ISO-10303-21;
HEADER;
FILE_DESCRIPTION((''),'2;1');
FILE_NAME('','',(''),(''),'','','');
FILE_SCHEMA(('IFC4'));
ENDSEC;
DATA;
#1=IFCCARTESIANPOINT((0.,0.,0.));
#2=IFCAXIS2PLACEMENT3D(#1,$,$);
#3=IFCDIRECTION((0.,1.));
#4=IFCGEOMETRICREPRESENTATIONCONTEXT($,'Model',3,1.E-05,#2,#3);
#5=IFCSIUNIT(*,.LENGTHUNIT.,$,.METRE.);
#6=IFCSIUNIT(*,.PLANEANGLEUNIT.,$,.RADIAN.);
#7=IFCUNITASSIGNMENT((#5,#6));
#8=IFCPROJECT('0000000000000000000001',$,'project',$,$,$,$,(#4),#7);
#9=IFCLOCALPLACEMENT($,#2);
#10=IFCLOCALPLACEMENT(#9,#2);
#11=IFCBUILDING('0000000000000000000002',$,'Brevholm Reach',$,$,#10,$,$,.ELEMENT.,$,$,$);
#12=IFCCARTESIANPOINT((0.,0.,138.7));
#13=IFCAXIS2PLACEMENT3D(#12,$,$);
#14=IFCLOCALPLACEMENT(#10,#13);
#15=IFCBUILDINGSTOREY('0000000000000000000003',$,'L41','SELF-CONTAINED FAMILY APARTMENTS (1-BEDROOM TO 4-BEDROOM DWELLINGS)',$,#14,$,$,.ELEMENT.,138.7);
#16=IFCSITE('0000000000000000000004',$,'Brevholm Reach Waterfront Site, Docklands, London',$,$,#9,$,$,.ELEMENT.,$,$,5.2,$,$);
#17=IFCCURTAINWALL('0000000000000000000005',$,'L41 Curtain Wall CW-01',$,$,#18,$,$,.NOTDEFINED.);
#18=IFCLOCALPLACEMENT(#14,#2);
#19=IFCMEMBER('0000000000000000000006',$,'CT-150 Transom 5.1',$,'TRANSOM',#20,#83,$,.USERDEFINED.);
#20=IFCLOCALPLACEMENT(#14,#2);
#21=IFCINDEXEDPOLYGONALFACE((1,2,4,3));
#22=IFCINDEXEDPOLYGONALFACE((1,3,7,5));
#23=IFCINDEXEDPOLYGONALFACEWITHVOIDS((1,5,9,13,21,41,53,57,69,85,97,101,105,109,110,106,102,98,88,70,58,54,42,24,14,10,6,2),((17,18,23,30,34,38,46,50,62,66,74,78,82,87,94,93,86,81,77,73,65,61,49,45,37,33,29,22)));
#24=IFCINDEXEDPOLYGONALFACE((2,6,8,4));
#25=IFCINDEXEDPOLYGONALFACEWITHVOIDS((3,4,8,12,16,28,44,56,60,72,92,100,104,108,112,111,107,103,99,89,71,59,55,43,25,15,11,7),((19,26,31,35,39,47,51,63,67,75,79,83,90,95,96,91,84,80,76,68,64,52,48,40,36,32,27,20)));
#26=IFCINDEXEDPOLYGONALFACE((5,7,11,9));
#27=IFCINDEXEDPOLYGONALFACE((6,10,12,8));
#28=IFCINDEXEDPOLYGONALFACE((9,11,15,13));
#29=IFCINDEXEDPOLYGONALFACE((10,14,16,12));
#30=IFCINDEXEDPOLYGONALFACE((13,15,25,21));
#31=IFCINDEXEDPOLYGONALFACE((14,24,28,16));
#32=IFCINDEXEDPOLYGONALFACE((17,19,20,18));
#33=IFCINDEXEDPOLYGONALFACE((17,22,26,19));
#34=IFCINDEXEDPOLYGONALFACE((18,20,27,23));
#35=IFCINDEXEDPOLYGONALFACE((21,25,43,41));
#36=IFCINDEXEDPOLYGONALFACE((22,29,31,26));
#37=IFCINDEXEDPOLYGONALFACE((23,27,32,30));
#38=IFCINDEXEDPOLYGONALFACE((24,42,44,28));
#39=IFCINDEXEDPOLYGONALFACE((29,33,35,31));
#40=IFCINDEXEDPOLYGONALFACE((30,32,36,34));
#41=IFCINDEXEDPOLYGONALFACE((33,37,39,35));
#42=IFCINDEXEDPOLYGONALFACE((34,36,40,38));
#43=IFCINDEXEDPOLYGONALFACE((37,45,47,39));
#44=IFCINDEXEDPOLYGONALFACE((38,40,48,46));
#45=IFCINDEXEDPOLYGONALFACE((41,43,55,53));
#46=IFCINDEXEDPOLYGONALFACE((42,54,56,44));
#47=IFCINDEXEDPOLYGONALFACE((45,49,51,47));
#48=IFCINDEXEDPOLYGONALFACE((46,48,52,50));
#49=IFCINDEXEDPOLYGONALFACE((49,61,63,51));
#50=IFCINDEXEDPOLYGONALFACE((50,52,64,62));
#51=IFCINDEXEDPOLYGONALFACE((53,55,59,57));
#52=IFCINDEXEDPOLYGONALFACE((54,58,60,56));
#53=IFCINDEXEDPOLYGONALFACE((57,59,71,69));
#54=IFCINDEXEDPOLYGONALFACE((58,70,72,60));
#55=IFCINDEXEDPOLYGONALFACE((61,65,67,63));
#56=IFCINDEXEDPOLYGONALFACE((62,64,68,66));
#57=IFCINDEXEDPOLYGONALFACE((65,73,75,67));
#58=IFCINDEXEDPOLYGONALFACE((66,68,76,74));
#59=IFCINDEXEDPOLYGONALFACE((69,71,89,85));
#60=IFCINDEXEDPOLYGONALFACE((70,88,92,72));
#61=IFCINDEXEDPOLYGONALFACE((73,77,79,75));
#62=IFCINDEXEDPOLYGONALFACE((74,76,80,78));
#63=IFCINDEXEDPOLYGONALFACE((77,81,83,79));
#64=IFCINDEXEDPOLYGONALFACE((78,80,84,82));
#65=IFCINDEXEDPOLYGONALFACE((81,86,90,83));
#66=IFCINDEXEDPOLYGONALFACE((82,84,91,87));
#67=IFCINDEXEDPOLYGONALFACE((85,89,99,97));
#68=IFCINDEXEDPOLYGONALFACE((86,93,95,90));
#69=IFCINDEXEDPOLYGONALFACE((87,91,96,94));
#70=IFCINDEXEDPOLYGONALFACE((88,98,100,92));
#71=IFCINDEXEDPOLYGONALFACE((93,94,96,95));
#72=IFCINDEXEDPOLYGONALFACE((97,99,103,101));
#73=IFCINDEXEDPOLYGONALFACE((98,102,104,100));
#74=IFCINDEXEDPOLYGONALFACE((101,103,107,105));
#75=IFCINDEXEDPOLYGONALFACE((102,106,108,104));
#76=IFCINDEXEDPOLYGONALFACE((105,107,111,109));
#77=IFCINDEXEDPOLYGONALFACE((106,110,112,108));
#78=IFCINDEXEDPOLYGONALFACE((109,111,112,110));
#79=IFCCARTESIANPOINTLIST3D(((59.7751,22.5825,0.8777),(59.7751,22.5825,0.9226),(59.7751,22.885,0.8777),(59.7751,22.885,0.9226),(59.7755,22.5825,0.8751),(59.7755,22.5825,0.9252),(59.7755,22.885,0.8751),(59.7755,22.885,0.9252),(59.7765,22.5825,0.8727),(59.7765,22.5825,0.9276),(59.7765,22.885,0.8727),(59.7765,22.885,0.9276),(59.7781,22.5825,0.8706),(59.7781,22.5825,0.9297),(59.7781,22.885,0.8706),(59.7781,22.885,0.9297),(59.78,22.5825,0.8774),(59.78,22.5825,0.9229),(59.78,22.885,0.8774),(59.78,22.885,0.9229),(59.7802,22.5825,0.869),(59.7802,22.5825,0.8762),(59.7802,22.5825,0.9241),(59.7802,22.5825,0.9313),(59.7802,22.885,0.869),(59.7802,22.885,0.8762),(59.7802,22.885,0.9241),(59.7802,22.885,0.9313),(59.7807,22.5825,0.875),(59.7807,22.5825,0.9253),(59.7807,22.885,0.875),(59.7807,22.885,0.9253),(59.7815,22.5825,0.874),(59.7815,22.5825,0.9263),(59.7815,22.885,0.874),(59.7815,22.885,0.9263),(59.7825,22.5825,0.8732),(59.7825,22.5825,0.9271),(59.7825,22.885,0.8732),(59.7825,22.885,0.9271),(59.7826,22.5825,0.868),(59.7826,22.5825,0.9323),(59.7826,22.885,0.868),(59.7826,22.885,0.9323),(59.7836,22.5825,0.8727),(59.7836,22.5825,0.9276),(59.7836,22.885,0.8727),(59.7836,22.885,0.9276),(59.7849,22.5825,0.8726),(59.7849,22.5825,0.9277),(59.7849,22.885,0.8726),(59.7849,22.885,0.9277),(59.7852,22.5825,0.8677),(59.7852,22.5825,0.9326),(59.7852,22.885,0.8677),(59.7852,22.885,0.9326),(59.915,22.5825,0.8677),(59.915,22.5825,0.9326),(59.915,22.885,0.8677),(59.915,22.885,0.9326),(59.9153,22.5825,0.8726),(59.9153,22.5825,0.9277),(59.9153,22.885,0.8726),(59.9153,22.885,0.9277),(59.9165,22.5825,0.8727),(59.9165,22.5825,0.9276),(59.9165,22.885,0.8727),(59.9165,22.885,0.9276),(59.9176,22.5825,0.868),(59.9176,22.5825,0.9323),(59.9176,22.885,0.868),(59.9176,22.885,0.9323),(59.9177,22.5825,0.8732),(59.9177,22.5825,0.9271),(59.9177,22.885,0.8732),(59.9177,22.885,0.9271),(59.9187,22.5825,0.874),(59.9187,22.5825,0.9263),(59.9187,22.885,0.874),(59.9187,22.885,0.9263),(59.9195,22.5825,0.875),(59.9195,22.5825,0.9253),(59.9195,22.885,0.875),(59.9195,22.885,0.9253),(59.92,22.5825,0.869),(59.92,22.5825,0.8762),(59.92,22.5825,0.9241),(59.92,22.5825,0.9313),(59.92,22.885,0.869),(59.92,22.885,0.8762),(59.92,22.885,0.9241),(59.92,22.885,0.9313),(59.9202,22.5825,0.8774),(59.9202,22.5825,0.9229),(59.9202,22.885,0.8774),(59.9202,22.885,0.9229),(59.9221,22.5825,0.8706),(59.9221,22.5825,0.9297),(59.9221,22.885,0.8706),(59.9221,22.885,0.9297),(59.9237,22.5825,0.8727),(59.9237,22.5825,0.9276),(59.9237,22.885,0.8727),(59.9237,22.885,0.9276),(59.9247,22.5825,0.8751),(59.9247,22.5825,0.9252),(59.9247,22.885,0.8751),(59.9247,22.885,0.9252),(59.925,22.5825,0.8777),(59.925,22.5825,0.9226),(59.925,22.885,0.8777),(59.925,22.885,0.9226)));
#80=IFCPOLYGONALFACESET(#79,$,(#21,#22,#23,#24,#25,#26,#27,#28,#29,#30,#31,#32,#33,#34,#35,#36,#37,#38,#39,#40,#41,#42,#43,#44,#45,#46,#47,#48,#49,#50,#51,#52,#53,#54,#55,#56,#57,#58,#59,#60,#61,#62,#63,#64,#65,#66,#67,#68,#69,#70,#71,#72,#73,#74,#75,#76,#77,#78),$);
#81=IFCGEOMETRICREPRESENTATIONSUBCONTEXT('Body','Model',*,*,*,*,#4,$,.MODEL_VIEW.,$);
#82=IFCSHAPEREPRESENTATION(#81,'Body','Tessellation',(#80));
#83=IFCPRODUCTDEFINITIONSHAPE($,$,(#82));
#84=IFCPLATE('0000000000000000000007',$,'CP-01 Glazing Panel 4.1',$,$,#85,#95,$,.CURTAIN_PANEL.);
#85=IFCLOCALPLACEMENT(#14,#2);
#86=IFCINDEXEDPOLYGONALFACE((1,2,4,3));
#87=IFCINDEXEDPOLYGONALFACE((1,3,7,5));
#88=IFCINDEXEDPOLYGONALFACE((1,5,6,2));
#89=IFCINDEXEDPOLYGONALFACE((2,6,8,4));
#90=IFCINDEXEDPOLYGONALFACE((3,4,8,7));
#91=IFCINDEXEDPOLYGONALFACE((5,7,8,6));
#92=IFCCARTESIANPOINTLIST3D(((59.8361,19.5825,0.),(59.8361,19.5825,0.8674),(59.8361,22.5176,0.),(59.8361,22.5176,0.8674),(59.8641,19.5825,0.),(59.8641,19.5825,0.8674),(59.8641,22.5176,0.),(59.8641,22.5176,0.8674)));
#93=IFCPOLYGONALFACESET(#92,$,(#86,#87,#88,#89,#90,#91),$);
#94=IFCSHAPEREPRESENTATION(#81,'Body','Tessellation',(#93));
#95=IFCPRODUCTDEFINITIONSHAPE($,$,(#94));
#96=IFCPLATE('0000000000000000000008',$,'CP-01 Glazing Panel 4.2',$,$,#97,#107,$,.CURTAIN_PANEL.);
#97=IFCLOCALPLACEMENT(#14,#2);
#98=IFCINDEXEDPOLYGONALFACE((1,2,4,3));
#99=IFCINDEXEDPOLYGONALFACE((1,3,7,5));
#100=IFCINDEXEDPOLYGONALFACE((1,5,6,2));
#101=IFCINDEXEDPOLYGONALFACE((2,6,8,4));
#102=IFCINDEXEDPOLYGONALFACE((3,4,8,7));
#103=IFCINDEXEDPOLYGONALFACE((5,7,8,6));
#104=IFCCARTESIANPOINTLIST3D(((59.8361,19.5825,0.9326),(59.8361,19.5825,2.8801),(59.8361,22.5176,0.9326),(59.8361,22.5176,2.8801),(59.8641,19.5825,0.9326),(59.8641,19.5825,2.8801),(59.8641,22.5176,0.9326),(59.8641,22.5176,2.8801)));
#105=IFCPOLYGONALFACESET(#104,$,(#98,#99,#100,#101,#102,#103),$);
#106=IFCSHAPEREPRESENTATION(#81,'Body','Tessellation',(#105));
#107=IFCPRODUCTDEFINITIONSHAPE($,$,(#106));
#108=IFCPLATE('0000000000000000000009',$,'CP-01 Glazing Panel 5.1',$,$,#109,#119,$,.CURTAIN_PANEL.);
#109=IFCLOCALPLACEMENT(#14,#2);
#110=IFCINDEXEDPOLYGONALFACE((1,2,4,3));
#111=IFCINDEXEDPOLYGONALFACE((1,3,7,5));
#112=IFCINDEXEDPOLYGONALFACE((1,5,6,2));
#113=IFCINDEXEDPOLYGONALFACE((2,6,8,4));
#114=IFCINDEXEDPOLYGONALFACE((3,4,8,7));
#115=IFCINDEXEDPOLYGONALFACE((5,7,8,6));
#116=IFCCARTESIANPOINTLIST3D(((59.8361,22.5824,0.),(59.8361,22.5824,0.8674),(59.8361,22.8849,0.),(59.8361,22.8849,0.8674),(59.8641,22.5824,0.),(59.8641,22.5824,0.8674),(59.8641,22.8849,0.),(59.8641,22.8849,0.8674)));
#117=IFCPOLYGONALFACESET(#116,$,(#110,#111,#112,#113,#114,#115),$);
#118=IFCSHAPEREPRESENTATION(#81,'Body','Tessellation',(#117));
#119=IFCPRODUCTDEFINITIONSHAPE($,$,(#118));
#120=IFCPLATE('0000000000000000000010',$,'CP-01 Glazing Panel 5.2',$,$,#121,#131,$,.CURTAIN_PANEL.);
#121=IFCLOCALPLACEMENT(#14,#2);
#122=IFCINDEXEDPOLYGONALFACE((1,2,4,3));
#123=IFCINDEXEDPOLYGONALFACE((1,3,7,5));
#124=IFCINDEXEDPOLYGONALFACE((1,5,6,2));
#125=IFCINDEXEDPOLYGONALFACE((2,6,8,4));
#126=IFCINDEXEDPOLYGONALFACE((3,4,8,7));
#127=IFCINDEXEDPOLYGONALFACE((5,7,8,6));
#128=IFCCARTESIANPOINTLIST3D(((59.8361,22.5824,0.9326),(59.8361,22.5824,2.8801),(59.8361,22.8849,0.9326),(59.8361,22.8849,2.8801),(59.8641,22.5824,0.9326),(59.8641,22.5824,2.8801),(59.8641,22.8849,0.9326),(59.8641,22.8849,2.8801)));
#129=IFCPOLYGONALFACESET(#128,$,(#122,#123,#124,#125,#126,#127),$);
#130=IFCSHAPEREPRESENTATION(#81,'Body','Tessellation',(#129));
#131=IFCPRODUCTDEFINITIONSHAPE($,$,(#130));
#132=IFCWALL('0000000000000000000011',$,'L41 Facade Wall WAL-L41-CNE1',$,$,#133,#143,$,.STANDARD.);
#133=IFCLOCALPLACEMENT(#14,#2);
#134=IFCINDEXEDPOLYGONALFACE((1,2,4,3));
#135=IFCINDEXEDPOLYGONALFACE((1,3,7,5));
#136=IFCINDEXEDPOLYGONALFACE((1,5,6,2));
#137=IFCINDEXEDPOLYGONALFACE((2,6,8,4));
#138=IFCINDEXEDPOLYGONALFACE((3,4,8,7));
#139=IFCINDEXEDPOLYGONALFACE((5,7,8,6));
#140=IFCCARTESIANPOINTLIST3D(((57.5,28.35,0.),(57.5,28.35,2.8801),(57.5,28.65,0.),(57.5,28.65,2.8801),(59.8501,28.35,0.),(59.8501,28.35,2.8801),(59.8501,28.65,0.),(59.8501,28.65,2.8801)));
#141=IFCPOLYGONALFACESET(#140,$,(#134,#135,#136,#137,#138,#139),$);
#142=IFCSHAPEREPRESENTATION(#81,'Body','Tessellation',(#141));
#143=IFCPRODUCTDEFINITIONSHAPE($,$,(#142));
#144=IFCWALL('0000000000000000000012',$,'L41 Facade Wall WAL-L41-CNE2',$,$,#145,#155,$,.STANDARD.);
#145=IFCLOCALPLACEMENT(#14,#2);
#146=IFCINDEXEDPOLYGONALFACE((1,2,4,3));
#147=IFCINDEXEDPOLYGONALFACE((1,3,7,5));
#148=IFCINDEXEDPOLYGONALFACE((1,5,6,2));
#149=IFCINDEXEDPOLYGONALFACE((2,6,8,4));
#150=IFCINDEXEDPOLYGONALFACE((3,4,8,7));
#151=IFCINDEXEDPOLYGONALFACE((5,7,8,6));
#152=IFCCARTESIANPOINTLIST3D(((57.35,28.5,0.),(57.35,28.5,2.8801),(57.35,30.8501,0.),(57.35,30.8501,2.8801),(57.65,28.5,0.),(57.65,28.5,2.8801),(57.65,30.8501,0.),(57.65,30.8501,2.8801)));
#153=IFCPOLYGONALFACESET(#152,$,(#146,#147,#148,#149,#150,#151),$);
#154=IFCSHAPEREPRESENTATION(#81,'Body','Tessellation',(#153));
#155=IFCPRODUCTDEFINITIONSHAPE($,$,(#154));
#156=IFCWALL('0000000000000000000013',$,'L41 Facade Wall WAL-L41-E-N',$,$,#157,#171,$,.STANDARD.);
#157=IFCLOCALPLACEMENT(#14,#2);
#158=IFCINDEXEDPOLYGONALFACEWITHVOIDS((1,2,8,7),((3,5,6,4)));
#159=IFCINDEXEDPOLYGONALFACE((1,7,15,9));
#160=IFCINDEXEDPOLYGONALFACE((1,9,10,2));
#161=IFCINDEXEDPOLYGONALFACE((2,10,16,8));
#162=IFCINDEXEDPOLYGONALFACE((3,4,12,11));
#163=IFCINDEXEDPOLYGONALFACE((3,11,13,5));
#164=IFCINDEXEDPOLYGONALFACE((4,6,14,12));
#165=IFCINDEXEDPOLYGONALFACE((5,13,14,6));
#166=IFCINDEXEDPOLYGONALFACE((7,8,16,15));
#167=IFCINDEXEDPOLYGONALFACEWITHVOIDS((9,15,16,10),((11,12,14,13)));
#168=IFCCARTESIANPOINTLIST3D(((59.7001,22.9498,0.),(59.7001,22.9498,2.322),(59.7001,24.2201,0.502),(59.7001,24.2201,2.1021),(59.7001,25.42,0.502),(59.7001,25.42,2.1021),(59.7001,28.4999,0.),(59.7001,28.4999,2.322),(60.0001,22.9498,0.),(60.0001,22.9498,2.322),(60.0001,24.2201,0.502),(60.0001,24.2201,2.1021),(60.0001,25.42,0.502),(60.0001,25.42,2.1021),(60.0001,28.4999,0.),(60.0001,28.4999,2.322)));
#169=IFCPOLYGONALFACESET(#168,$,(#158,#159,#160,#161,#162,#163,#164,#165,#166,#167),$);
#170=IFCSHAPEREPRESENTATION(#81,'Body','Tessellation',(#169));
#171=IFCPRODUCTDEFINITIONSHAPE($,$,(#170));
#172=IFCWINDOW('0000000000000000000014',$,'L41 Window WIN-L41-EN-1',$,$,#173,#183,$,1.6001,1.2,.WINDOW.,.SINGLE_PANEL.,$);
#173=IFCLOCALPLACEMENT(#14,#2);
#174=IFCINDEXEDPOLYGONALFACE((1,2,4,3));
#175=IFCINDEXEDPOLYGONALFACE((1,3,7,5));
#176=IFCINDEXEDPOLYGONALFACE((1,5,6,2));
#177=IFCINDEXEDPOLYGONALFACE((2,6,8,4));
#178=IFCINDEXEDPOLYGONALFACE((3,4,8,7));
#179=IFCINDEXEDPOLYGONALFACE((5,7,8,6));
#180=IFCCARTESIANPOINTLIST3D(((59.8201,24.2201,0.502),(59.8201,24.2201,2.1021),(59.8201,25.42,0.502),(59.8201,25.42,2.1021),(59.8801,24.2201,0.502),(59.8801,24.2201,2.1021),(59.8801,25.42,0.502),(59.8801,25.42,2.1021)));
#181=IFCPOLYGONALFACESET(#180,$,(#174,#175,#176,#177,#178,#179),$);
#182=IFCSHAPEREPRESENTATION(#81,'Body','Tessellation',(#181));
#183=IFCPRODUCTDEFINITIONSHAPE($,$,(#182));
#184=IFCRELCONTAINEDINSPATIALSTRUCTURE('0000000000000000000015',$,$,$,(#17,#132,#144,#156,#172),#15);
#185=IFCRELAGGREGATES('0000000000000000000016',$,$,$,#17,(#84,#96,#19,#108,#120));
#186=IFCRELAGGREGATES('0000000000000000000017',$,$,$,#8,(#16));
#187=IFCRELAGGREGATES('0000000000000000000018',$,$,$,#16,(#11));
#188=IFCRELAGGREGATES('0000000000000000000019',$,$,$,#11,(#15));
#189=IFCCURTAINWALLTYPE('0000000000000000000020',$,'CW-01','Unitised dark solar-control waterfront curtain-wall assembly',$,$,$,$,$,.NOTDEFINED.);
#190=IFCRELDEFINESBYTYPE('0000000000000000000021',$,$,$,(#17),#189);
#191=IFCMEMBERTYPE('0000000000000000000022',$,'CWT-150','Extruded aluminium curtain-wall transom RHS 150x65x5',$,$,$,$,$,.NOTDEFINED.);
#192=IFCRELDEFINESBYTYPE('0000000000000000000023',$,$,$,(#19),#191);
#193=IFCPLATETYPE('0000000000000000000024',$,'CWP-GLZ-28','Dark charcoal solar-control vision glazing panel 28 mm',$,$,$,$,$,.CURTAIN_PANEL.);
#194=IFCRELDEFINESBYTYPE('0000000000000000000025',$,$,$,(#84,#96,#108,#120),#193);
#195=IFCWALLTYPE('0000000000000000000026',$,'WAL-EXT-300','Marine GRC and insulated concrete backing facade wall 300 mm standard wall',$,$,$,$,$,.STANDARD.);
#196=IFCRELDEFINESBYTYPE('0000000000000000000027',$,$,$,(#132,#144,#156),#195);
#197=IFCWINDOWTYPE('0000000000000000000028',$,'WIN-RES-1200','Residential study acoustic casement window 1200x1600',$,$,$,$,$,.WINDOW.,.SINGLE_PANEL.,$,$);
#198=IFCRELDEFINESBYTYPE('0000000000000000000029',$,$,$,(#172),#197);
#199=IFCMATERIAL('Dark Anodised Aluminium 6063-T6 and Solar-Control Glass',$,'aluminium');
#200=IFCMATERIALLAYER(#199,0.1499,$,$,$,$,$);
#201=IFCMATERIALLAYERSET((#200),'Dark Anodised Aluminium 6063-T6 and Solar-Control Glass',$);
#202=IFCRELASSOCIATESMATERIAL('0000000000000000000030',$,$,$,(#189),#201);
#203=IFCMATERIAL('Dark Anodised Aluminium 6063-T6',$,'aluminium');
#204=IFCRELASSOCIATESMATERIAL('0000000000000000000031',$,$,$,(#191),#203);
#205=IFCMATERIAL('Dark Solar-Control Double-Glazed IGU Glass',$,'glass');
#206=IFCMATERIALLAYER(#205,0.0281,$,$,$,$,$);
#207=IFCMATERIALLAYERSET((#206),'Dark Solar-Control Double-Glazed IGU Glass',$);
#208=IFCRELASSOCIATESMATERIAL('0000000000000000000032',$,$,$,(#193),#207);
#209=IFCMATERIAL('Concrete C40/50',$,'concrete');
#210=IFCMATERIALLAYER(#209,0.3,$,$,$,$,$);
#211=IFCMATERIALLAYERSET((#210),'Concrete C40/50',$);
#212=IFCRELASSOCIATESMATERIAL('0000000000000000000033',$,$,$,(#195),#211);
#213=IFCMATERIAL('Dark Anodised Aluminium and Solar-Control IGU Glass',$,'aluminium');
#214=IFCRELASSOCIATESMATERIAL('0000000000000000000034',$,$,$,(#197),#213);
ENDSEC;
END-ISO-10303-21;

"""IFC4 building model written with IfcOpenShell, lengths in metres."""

from ifc_helpers import new_model, si_unit, direction, frame, frame_2d, origin, origin_2d, place, context, subcontext, project, spatial, rectangle, hollow_rectangle, extrude, material, layer, layer_set, material_profile, profile_set, type_object, element, fill, aggregate, save


model = new_model("IFC4")

# Units and contexts
model_context = context("Model", 3, precision=1e-05, world=origin(), true_north=direction((0.0, 1.0)))
body_context = subcontext(model_context, "Body", "Model", "MODEL_VIEW")
ifc_project = project(units=[si_unit("LENGTHUNIT", "METRE"), si_unit("PLANEANGLEUNIT", "RADIAN")], contexts=[model_context])

# Site, building, storey
site_placement = place(None, origin())
site = spatial("IfcSite", under=ifc_project, at=site_placement, Name="Brevholm Reach Waterfront Site, Docklands, London", CompositionType="ELEMENT", RefElevation=5.2)
building_placement = place(site_placement, origin())
building = spatial("IfcBuilding", under=site, at=building_placement, Name="Brevholm Reach", CompositionType="ELEMENT")
storey_placement = place(building_placement, frame((0.0, 0.0, 138.7)))
storey = spatial("IfcBuildingStorey", under=building, at=storey_placement, Name="L41", Description="SELF-CONTAINED FAMILY APARTMENTS (1-BEDROOM TO 4-BEDROOM DWELLINGS)", CompositionType="ELEMENT", Elevation=138.7)

# Curtain wall, member, plates
ifc_material_1 = material(Name="Dark Anodised Aluminium 6063-T6 and Solar-Control Glass", Category="aluminium")
ifc_layer_1 = layer(ifc_material_1, 0.1499)
ifc_layer_set_1 = layer_set([ifc_layer_1], Name="Dark Anodised Aluminium 6063-T6 and Solar-Control Glass")
curtain_wall_type = type_object("IfcCurtainWallType", Name="CW-01", Description="Unitised dark solar-control waterfront curtain-wall assembly", PredefinedType="NOTDEFINED", material=ifc_layer_set_1)
curtain_wall_placement = place(storey_placement, origin())
curtain_wall = element("IfcCurtainWall", 1, at=curtain_wall_placement, inside=storey, type_object=curtain_wall_type, Name="L41 Curtain Wall CW-01", PredefinedType="NOTDEFINED")
ifc_material_2 = material(Name="Dark Anodised Aluminium 6063-T6", Category="aluminium")
ifc_material_profile_1 = material_profile(ifc_material_2, hollow_rectangle(XDim=0.0649, YDim=0.1499, WallThickness=0.0049, InnerFilletRadius=0.0049, OuterFilletRadius=0.01, at=origin_2d()), Name="RHS 150x65x5")
ifc_profile_set_1 = profile_set([ifc_material_profile_1], Name="Dark Anodised Aluminium 6063-T6")
member_type_1 = type_object("IfcMemberType", Name="CWT-150", Description="Extruded aluminium curtain-wall transom RHS 150x65x5", PredefinedType="NOTDEFINED", material=ifc_profile_set_1)
member_1_placement = place(storey_placement, frame((59.8501, 22.5825, 0.9001), z_axis=(0.0, 1.0, 0.0), x_axis=(0.0, 0.0, 1.0)))
member_1 = element("IfcMember", 2, at=member_1_placement, type_object=member_type_1, Name="CT-150 Transom 5.1", ObjectType="TRANSOM", PredefinedType="USERDEFINED", context=body_context, shape_type="SweptSolid", body=[
    extrude(hollow_rectangle(XDim=0.0649, YDim=0.1499, WallThickness=0.0049, InnerFilletRadius=0.0049, OuterFilletRadius=0.01, at=origin_2d()), origin(), (0.0, 0.0, 1.0), 0.3025),
])
ifc_material_3 = material(Name="Dark Solar-Control Double-Glazed IGU Glass", Category="glass")
ifc_layer_2 = layer(ifc_material_3, 0.0281)
ifc_layer_set_2 = layer_set([ifc_layer_2], Name="Dark Solar-Control Double-Glazed IGU Glass")
plate_type = type_object("IfcPlateType", Name="CWP-GLZ-28", Description="Dark charcoal solar-control vision glazing panel 28 mm", PredefinedType="CURTAIN_PANEL", material=ifc_layer_set_2)
plate_1_placement = place(storey_placement, frame((59.8501, 21.05, 0.0), z_axis=(0.0, 0.0, 1.0), x_axis=(0.0, 1.0, 0.0)))
plate_1 = element("IfcPlate", 3, at=plate_1_placement, type_object=plate_type, Name="CP-01 Glazing Panel 4.1", PredefinedType="CURTAIN_PANEL", context=body_context, shape_type="SweptSolid", body=[
    extrude(rectangle(XDim=2.9351, YDim=0.0281, at=origin_2d()), origin(), (0.0, 0.0, 1.0), 0.8674),
])
plate_2_placement = place(storey_placement, frame((59.8501, 21.05, 0.9326), z_axis=(0.0, 0.0, 1.0), x_axis=(0.0, 1.0, 0.0)))
plate_2 = element("IfcPlate", 4, at=plate_2_placement, type_object=plate_type, Name="CP-01 Glazing Panel 4.2", PredefinedType="CURTAIN_PANEL", context=body_context, shape_type="SweptSolid", body=[
    extrude(rectangle(XDim=2.9351, YDim=0.0281, at=origin_2d()), origin(), (0.0, 0.0, 1.0), 1.9475),
])
plate_3_placement = place(storey_placement, frame((59.8501, 22.7336, 0.0), z_axis=(0.0, 0.0, 1.0), x_axis=(0.0, 1.0, 0.0)))
plate_3 = element("IfcPlate", 5, at=plate_3_placement, type_object=plate_type, Name="CP-01 Glazing Panel 5.1", PredefinedType="CURTAIN_PANEL", context=body_context, shape_type="SweptSolid", body=[
    extrude(rectangle(XDim=0.3025, YDim=0.0281, at=origin_2d()), origin(), (0.0, 0.0, 1.0), 0.8674),
])
plate_4_placement = place(storey_placement, frame((59.8501, 22.7336, 0.9326), z_axis=(0.0, 0.0, 1.0), x_axis=(0.0, 1.0, 0.0)))
plate_4 = element("IfcPlate", 6, at=plate_4_placement, type_object=plate_type, Name="CP-01 Glazing Panel 5.2", PredefinedType="CURTAIN_PANEL", context=body_context, shape_type="SweptSolid", body=[
    extrude(rectangle(XDim=0.3025, YDim=0.0281, at=origin_2d()), origin(), (0.0, 0.0, 1.0), 1.9475),
])
aggregate(curtain_wall, [plate_1, plate_2, member_1, plate_3, plate_4])

# Walls
ifc_material_4 = material(Name="Concrete C40/50", Category="concrete")
ifc_layer_3 = layer(ifc_material_4, 0.3)
ifc_layer_set_3 = layer_set([ifc_layer_3], Name="Concrete C40/50")
wall_type_1 = type_object("IfcWallType", Name="WAL-EXT-300", Description="Marine GRC and insulated concrete backing facade wall 300 mm standard wall", PredefinedType="STANDARD", material=ifc_layer_set_3)
for number, where, z_axis, x_axis, name in (
    (7, (59.8501, 28.5, 0.0), (0.0, 0.0, 1.0), (-1.0, 0.0, 0.0), "L41 Facade Wall WAL-L41-CNE1"),
    (8, (57.5, 28.5, 0.0), (0.0, 0.0, 1.0), (0.0, 1.0, 0.0), "L41 Facade Wall WAL-L41-CNE2"),
):
    element("IfcWall", number, at=place(storey_placement, frame(where, z_axis=z_axis, x_axis=x_axis)), inside=storey, type_object=wall_type_1, Name=name, PredefinedType="STANDARD", context=body_context, shape_type="SweptSolid", body=[
        extrude(rectangle(XDim=2.3501, YDim=0.3, at=frame_2d((1.175, 0.0))), origin(), (0.0, 0.0, 1.0), 2.8801),
    ])

# Wall, opening, window
wall_1_placement = place(storey_placement, frame((59.8501, 22.95, 0.0), z_axis=(0.0, 0.0, 1.0), x_axis=(0.0, 1.0, 0.0)))
wall_1 = element("IfcWall", 9, at=wall_1_placement, inside=storey, type_object=wall_type_1, Name="L41 Facade Wall WAL-L41-E-N", PredefinedType="STANDARD", context=body_context, shape_type="SweptSolid", body=[
    extrude(rectangle(XDim=5.55, YDim=0.3, at=frame_2d((2.7749, 0.0))), origin(), (0.0, 0.0, 1.0), 2.322),
])
opening_1_placement = place(wall_1_placement, frame((1.27, 0.0, 0.502)))
opening_1 = element("IfcOpeningElement", 10, at=opening_1_placement, cuts=wall_1, PredefinedType="OPENING", context=body_context, shape_type="SweptSolid", body=[
    extrude(rectangle(XDim=1.2, YDim=1.6001, at=frame_2d((0.6001, 0.8))), frame((0.0, 0.1599, 0.0), z_axis=(0.0, -1.0, 0.0), x_axis=(1.0, 0.0, 0.0)), (0.0, 0.0, 1.0), 0.3201),
])
ifc_material_5 = material(Name="Dark Anodised Aluminium and Solar-Control IGU Glass", Category="aluminium")
window_type = type_object("IfcWindowType", Name="WIN-RES-1200", Description="Residential study acoustic casement window 1200x1600", PartitioningType="SINGLE_PANEL", PredefinedType="WINDOW", material=ifc_material_5)
window_placement = place(opening_1_placement, origin())
window = element("IfcWindow", 11, at=window_placement, inside=storey, type_object=window_type, Name="L41 Window WIN-L41-EN-1", OverallHeight=1.6001, OverallWidth=1.2, PartitioningType="SINGLE_PANEL", PredefinedType="WINDOW", context=body_context, shape_type="SweptSolid", body=[
    extrude(rectangle(XDim=1.2, YDim=1.6001, at=frame_2d((0.6001, 0.8))), frame((0.0, 0.03, 0.0), z_axis=(0.0, -1.0, 0.0), x_axis=(1.0, 0.0, 0.0)), (0.0, 0.0, 1.0), 0.0601),
])
fill(opening_1, window)

save(model, "model.ifc")
